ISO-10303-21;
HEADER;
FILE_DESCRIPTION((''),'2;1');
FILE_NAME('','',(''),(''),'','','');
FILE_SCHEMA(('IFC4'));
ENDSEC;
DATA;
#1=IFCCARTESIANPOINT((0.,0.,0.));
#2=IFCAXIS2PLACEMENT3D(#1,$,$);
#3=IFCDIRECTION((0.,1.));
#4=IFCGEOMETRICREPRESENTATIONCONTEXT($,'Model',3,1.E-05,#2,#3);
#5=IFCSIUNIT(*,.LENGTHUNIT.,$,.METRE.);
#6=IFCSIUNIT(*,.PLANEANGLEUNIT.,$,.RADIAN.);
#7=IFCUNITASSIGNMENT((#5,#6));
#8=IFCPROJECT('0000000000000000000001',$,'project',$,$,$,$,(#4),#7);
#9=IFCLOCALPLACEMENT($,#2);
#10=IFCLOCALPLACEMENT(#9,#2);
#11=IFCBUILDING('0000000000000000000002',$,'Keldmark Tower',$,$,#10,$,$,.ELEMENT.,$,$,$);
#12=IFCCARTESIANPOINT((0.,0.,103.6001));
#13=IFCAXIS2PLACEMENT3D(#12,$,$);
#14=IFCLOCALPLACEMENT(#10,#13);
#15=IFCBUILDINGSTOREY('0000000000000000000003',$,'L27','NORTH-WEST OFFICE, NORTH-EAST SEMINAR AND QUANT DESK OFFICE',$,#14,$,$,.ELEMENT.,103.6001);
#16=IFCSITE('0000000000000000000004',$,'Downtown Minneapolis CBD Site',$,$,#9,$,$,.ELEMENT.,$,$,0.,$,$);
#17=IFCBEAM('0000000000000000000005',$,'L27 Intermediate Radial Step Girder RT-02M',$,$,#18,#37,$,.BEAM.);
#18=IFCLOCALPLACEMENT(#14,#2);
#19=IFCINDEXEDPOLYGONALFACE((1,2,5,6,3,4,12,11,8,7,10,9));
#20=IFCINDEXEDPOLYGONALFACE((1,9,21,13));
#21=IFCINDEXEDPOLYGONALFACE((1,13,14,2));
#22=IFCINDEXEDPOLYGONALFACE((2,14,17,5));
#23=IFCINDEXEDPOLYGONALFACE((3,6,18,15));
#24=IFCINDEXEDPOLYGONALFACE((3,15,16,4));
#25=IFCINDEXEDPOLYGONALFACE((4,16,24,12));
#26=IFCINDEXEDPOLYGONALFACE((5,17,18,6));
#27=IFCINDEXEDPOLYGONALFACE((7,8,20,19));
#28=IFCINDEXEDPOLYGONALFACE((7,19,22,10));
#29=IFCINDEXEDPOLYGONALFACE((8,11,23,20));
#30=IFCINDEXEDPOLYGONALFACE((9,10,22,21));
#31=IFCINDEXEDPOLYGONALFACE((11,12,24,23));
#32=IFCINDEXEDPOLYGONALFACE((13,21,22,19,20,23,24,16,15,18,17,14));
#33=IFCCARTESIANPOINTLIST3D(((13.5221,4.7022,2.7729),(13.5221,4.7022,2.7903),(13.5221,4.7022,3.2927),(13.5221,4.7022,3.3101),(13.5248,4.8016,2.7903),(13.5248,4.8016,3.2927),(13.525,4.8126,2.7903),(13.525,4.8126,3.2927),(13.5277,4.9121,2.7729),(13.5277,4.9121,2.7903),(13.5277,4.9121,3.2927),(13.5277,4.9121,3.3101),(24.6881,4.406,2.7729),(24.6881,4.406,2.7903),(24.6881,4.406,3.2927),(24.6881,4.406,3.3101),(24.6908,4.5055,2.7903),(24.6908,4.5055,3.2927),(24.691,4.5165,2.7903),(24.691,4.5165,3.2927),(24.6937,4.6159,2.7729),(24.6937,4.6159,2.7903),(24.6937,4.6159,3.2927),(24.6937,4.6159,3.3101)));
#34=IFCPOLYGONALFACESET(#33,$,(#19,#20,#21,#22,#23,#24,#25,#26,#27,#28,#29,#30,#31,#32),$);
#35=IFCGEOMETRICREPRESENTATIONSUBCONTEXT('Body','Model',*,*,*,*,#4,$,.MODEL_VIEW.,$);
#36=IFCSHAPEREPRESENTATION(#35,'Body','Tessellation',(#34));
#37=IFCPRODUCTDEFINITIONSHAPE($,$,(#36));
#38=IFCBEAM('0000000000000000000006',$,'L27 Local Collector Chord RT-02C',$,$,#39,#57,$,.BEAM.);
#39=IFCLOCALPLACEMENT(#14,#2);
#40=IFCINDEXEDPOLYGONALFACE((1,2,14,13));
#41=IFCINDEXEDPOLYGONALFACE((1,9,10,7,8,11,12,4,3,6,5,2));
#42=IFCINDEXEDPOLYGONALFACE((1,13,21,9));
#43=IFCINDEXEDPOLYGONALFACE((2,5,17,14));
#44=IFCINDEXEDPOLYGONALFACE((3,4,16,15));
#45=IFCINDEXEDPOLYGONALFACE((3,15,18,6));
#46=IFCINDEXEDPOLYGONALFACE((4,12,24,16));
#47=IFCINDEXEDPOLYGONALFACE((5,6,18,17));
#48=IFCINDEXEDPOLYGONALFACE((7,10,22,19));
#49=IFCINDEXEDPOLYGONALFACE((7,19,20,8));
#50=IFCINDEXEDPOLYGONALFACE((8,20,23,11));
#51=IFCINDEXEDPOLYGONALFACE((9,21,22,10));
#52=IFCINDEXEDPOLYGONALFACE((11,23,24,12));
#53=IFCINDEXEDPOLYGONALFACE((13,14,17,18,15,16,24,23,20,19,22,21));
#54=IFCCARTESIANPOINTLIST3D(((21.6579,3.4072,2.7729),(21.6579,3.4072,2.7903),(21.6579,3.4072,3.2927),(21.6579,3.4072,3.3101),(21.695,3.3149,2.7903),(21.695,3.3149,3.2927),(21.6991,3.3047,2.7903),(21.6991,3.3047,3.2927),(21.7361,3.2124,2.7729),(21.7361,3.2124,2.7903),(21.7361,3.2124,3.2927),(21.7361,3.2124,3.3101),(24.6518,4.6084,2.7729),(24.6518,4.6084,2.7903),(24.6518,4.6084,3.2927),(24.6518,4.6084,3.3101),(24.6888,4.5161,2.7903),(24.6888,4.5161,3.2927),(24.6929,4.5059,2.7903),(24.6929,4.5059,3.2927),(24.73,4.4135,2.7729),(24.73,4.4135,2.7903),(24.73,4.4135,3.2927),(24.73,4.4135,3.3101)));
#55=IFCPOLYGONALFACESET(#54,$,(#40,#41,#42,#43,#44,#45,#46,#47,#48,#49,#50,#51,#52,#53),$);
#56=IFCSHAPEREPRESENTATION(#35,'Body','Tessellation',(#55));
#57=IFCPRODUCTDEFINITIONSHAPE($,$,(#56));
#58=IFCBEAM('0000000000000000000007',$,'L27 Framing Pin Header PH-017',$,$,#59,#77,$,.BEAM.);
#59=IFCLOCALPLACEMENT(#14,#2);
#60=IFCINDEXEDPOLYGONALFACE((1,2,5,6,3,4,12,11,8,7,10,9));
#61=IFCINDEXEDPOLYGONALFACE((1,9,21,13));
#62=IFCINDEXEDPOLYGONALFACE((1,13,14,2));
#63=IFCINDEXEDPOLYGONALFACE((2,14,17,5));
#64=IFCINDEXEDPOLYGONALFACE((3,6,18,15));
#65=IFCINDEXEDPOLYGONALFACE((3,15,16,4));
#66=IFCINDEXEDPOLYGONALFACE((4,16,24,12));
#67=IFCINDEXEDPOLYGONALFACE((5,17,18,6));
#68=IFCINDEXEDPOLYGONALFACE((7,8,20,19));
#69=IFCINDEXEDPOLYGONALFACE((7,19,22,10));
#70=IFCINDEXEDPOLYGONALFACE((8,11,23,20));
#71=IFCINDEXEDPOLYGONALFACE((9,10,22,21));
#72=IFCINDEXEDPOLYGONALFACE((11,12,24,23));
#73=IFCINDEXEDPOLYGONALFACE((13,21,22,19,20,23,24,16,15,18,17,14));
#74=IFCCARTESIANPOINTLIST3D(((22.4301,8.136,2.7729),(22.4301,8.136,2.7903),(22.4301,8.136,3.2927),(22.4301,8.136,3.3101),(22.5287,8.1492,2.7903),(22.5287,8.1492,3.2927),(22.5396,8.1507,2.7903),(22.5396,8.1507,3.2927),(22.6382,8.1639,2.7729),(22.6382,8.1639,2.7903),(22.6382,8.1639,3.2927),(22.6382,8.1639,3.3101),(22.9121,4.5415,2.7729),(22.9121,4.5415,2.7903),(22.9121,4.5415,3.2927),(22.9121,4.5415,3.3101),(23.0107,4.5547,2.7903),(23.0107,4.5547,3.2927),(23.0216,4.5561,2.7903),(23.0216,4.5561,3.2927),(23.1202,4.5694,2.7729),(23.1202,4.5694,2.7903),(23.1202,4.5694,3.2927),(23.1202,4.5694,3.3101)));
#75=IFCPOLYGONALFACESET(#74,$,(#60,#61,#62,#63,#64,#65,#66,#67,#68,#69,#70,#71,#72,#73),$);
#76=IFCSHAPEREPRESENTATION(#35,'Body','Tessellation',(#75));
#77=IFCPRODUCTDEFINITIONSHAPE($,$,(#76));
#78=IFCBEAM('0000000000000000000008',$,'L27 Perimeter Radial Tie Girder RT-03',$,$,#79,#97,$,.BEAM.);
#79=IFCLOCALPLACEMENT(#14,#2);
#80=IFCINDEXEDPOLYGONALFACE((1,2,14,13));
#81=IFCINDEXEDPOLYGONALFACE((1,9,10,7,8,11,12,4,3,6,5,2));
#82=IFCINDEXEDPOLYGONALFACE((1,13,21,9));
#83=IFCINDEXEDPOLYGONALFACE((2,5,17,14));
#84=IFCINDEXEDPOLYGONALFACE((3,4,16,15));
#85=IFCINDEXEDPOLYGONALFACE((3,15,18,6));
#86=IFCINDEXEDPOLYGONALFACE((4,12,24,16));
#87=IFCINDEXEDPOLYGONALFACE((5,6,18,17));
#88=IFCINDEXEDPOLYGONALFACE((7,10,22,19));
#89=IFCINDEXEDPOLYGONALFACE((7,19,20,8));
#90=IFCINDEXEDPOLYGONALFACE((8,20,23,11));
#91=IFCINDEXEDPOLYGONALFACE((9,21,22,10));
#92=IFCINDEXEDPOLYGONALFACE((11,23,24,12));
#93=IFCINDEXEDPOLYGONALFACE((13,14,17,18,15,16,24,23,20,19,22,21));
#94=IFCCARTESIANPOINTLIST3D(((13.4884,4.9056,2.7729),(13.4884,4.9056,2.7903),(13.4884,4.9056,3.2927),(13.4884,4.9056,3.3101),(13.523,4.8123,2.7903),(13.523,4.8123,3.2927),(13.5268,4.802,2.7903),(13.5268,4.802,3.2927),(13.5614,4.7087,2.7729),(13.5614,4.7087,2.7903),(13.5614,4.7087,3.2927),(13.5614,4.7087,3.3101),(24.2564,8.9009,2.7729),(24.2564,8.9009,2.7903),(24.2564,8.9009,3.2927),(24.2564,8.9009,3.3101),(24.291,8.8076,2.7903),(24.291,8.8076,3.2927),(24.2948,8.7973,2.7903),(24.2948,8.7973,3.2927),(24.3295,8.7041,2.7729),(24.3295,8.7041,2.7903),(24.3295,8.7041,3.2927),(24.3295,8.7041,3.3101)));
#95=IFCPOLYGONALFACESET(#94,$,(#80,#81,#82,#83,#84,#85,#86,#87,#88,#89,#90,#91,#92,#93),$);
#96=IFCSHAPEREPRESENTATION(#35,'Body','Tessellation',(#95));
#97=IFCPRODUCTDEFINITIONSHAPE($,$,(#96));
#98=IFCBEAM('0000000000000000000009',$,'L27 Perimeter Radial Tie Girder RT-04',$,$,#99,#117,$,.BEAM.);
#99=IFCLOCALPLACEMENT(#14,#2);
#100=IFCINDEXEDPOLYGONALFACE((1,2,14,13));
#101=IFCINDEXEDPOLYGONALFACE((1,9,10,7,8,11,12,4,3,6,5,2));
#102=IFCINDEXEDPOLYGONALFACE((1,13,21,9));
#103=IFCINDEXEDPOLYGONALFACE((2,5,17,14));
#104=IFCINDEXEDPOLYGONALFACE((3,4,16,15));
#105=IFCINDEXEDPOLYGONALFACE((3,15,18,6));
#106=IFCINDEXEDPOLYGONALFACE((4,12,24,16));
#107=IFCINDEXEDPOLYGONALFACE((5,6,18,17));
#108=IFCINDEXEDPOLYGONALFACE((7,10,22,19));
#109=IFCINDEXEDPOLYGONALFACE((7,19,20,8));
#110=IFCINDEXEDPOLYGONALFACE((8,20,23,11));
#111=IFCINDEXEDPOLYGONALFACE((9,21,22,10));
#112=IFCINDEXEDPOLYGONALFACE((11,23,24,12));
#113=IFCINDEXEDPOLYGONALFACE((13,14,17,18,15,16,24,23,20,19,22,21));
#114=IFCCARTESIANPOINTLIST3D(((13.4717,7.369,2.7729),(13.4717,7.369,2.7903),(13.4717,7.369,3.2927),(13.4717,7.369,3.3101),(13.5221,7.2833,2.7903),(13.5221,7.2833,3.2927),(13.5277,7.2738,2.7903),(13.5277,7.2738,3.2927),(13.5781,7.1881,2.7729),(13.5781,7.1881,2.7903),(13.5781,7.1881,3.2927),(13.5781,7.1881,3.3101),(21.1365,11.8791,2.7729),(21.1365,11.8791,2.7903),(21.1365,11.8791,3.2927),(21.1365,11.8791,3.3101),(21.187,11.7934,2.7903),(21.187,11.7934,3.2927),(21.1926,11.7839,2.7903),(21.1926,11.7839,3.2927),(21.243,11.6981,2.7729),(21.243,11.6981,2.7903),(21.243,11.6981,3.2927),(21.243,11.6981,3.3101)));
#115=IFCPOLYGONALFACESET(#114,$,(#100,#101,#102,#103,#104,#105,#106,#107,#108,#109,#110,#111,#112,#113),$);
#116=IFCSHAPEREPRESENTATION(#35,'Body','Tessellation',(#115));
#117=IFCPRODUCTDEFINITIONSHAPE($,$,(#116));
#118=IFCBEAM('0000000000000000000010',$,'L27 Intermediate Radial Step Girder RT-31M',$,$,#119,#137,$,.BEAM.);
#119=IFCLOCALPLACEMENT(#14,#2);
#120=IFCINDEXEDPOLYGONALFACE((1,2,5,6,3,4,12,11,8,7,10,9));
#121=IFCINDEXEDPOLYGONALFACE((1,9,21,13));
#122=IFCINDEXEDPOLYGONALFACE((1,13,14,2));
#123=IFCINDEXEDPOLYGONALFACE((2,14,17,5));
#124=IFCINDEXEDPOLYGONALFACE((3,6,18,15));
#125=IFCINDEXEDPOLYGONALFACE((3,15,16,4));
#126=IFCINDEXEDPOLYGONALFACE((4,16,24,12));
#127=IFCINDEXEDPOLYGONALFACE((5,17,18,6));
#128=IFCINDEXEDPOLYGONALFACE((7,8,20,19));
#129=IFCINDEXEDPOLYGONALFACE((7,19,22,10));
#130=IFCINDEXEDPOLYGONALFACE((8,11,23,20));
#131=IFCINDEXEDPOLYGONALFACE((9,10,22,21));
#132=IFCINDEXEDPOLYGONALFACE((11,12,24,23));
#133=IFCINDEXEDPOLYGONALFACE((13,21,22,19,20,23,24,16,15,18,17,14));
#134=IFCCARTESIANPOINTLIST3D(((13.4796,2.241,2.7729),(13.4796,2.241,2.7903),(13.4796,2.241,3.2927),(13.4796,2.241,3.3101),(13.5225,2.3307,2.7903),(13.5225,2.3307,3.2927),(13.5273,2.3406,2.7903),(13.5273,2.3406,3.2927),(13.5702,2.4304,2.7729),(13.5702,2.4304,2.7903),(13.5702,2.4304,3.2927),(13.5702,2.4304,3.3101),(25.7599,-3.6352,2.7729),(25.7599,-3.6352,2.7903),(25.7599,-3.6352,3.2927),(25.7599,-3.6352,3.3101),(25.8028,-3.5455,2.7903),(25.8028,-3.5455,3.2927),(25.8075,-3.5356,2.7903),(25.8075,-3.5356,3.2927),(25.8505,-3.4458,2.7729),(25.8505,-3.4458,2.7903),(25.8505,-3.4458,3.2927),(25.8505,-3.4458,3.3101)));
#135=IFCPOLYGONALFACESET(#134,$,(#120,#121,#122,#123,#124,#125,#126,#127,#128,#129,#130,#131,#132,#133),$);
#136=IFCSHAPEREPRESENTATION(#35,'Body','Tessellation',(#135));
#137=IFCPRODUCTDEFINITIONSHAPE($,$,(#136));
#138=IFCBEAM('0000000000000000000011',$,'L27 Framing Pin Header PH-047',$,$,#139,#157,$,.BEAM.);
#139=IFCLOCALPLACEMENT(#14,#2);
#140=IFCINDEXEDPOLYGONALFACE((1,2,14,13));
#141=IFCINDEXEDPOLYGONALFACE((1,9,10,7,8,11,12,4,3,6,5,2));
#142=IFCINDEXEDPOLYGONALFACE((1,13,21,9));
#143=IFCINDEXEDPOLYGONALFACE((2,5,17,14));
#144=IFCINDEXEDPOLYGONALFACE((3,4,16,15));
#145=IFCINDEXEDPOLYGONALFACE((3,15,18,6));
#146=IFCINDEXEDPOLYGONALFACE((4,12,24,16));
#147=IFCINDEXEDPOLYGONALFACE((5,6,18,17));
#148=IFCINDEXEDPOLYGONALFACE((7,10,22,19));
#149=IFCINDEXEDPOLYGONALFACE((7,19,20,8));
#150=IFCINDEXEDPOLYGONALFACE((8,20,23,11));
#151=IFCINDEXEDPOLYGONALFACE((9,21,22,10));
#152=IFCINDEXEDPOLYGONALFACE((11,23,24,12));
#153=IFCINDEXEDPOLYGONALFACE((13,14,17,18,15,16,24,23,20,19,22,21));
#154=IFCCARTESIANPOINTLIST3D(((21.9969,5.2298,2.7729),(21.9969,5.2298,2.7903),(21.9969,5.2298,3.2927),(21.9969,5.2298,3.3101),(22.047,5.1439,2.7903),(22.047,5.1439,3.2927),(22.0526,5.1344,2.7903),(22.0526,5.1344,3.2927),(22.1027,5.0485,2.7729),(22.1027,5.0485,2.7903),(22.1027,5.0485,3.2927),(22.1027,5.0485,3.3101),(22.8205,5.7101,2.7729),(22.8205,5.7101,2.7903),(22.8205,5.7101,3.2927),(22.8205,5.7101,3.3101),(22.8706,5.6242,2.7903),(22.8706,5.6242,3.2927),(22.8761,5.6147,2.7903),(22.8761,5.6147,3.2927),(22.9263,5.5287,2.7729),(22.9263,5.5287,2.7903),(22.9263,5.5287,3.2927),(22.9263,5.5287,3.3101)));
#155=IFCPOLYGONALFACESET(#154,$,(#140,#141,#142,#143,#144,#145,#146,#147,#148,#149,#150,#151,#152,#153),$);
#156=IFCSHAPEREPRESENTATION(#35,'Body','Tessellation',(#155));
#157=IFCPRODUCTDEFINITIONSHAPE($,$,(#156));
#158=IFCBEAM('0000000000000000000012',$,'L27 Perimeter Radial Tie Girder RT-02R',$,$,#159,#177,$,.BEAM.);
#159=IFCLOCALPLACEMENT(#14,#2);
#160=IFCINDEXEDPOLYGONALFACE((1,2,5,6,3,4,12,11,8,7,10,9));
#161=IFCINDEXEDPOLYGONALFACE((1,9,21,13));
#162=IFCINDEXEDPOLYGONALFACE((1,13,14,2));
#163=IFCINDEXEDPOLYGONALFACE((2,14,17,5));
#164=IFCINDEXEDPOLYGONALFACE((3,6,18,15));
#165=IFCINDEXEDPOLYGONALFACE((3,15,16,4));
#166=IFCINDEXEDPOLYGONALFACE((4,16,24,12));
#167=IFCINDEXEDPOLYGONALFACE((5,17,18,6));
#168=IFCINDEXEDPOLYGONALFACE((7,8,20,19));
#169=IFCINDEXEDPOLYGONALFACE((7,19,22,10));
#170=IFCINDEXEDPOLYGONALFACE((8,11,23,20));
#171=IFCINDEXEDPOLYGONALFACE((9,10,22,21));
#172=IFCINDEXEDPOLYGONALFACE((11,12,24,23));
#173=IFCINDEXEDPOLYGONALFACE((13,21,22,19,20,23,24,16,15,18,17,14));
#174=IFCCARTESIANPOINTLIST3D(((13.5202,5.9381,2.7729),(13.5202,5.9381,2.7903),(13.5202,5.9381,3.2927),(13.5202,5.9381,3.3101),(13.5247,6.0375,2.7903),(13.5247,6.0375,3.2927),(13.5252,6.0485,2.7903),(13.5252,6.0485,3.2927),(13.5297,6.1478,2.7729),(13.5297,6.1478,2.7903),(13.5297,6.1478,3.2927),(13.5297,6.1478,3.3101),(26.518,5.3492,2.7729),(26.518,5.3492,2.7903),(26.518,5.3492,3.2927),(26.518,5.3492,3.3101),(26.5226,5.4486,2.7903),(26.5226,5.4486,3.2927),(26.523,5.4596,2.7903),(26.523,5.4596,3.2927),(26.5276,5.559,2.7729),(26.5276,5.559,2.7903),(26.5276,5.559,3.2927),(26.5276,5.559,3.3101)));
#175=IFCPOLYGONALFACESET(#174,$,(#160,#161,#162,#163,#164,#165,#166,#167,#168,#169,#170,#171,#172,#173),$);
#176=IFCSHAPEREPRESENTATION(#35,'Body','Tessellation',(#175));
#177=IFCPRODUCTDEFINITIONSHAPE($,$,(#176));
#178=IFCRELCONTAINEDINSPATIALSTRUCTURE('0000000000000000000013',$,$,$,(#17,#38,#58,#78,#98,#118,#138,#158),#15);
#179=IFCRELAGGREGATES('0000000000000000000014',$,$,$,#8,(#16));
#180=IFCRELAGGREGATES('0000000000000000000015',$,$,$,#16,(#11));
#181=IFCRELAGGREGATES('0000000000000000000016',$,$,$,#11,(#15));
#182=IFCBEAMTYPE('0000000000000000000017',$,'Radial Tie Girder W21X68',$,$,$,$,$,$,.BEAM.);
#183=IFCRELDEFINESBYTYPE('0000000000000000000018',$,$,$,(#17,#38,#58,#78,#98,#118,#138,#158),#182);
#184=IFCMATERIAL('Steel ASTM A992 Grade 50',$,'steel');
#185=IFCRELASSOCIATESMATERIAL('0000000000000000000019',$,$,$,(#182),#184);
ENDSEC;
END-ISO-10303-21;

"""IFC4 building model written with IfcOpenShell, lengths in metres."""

from ifc_helpers import new_model, si_unit, direction, frame, origin, origin_2d, place, context, subcontext, project, spatial, i_section, extrude, material, material_profile, profile_set, type_object, element, save


model = new_model("IFC4")

# Units and contexts
model_context = context("Model", 3, precision=1e-05, world=origin(), true_north=direction((0.0, 1.0)))
body_context = subcontext(model_context, "Body", "Model", "MODEL_VIEW")
ifc_project = project(units=[si_unit("LENGTHUNIT", "METRE"), si_unit("PLANEANGLEUNIT", "RADIAN")], contexts=[model_context])

# Site, building, storey
site_placement = place(None, origin())
site = spatial("IfcSite", under=ifc_project, at=site_placement, Name="Downtown Minneapolis CBD Site", CompositionType="ELEMENT", RefElevation=0.0)
building_placement = place(site_placement, origin())
building = spatial("IfcBuilding", under=site, at=building_placement, Name="Keldmark Tower", CompositionType="ELEMENT")
storey_placement = place(building_placement, frame((0.0, 0.0, 103.6001)))
storey = spatial("IfcBuildingStorey", under=building, at=storey_placement, Name="L27", Description="NORTH-WEST OFFICE, NORTH-EAST SEMINAR AND QUANT DESK OFFICE", CompositionType="ELEMENT", Elevation=103.6001)

# Beams
ifc_material_1 = material(Name="Steel ASTM A992 Grade 50", Category="steel")
ifc_material_profile_1 = material_profile(ifc_material_1, i_section(OverallWidth=0.21, OverallDepth=0.5371, WebThickness=0.011, FlangeThickness=0.0173, at=origin_2d()), Name="W21X68")
ifc_profile_set_1 = profile_set([ifc_material_profile_1], Name="Steel ASTM A992 Grade 50")
beam_type_1 = type_object("IfcBeamType", Name="Radial Tie Girder W21X68", PredefinedType="BEAM", material=ifc_profile_set_1)
beam_1_placement = place(storey_placement, frame((13.5249, 4.8071, 3.0415), z_axis=(0.999648, -0.026512, 0.0), x_axis=(0.026512, 0.999648, 0.0)))
element("IfcBeam", 1, at=beam_1_placement, inside=storey, type_object=beam_type_1, Name="L27 Intermediate Radial Step Girder RT-02M", PredefinedType="BEAM", context=body_context, shape_type="SweptSolid", body=[
    extrude(i_section(OverallWidth=0.21, OverallDepth=0.5371, WebThickness=0.011, FlangeThickness=0.0173, at=origin_2d()), origin(), (0.0, 0.0, 1.0), 11.1699),
])
beam_2_placement = place(storey_placement, frame((21.697, 3.3098, 3.0415), z_axis=(0.92809, 0.372356, 0.0), x_axis=(-0.372356, 0.92809, 0.0)))
element("IfcBeam", 2, at=beam_2_placement, inside=storey, type_object=beam_type_1, Name="L27 Local Collector Chord RT-02C", PredefinedType="BEAM", context=body_context, shape_type="SweptSolid", body=[
    extrude(i_section(OverallWidth=0.21, OverallDepth=0.5371, WebThickness=0.011, FlangeThickness=0.0173, at=origin_2d()), origin(), (0.0, 0.0, 1.0), 3.2258),
])
beam_3_placement = place(storey_placement, frame((23.0161, 4.5554, 3.0415), z_axis=(-0.132887, 0.991131, 0.0), x_axis=(-0.991131, -0.132887, 0.0)))
element("IfcBeam", 3, at=beam_3_placement, inside=storey, type_object=beam_type_1, Name="L27 Framing Pin Header PH-017", PredefinedType="BEAM", context=body_context, shape_type="SweptSolid", body=[
    extrude(i_section(OverallWidth=0.21, OverallDepth=0.5371, WebThickness=0.011, FlangeThickness=0.0173, at=origin_2d()), origin(), (0.0, 0.0, 1.0), 3.6267),
])
beam_4_placement = place(storey_placement, frame((13.5249, 4.8071, 3.0415), z_axis=(0.937545, 0.347865, 0.0), x_axis=(-0.347865, 0.937545, 0.0)))
element("IfcBeam", 4, at=beam_4_placement, inside=storey, type_object=beam_type_1, Name="L27 Perimeter Radial Tie Girder RT-03", PredefinedType="BEAM", context=body_context, shape_type="SweptSolid", body=[
    extrude(i_section(OverallWidth=0.21, OverallDepth=0.5371, WebThickness=0.011, FlangeThickness=0.0173, at=origin_2d()), origin(), (0.0, 0.0, 1.0), 11.4854),
])
beam_5_placement = place(storey_placement, frame((13.5249, 7.2786, 3.0415), z_axis=(0.86187, 0.507129, 0.0), x_axis=(-0.507129, 0.86187, 0.0)))
element("IfcBeam", 5, at=beam_5_placement, inside=storey, type_object=beam_type_1, Name="L27 Perimeter Radial Tie Girder RT-04", PredefinedType="BEAM", context=body_context, shape_type="SweptSolid", body=[
    extrude(i_section(OverallWidth=0.21, OverallDepth=0.5371, WebThickness=0.011, FlangeThickness=0.0173, at=origin_2d()), origin(), (0.0, 0.0, 1.0), 8.8933),
])
beam_6_placement = place(storey_placement, frame((13.5249, 2.3357, 3.0415), z_axis=(0.902047, -0.431638, 0.0), x_axis=(0.431638, 0.902047, 0.0)))
element("IfcBeam", 6, at=beam_6_placement, inside=storey, type_object=beam_type_1, Name="L27 Intermediate Radial Step Girder RT-31M", PredefinedType="BEAM", context=body_context, shape_type="SweptSolid", body=[
    extrude(i_section(OverallWidth=0.21, OverallDepth=0.5371, WebThickness=0.011, FlangeThickness=0.0173, at=origin_2d()), origin(), (0.0, 0.0, 1.0), 13.6138),
])
beam_7_placement = place(storey_placement, frame((22.0498, 5.1392, 3.0415), z_axis=(0.863844, 0.50376, 0.0), x_axis=(-0.50376, 0.863844, 0.0)))
element("IfcBeam", 7, at=beam_7_placement, inside=storey, type_object=beam_type_1, Name="L27 Framing Pin Header PH-047", PredefinedType="BEAM", context=body_context, shape_type="SweptSolid", body=[
    extrude(i_section(OverallWidth=0.21, OverallDepth=0.5371, WebThickness=0.011, FlangeThickness=0.0173, at=origin_2d()), origin(), (0.0, 0.0, 1.0), 0.9534),
])
beam_8_placement = place(storey_placement, frame((13.5249, 6.043, 3.0415), z_axis=(0.998975, -0.045259, 0.0), x_axis=(0.045259, 0.998975, 0.0)))
element("IfcBeam", 8, at=beam_8_placement, inside=storey, type_object=beam_type_1, Name="L27 Perimeter Radial Tie Girder RT-02R", PredefinedType="BEAM", context=body_context, shape_type="SweptSolid", body=[
    extrude(i_section(OverallWidth=0.21, OverallDepth=0.5371, WebThickness=0.011, FlangeThickness=0.0173, at=origin_2d()), origin(), (0.0, 0.0, 1.0), 13.0112),
])

save(model, "model.ifc")
